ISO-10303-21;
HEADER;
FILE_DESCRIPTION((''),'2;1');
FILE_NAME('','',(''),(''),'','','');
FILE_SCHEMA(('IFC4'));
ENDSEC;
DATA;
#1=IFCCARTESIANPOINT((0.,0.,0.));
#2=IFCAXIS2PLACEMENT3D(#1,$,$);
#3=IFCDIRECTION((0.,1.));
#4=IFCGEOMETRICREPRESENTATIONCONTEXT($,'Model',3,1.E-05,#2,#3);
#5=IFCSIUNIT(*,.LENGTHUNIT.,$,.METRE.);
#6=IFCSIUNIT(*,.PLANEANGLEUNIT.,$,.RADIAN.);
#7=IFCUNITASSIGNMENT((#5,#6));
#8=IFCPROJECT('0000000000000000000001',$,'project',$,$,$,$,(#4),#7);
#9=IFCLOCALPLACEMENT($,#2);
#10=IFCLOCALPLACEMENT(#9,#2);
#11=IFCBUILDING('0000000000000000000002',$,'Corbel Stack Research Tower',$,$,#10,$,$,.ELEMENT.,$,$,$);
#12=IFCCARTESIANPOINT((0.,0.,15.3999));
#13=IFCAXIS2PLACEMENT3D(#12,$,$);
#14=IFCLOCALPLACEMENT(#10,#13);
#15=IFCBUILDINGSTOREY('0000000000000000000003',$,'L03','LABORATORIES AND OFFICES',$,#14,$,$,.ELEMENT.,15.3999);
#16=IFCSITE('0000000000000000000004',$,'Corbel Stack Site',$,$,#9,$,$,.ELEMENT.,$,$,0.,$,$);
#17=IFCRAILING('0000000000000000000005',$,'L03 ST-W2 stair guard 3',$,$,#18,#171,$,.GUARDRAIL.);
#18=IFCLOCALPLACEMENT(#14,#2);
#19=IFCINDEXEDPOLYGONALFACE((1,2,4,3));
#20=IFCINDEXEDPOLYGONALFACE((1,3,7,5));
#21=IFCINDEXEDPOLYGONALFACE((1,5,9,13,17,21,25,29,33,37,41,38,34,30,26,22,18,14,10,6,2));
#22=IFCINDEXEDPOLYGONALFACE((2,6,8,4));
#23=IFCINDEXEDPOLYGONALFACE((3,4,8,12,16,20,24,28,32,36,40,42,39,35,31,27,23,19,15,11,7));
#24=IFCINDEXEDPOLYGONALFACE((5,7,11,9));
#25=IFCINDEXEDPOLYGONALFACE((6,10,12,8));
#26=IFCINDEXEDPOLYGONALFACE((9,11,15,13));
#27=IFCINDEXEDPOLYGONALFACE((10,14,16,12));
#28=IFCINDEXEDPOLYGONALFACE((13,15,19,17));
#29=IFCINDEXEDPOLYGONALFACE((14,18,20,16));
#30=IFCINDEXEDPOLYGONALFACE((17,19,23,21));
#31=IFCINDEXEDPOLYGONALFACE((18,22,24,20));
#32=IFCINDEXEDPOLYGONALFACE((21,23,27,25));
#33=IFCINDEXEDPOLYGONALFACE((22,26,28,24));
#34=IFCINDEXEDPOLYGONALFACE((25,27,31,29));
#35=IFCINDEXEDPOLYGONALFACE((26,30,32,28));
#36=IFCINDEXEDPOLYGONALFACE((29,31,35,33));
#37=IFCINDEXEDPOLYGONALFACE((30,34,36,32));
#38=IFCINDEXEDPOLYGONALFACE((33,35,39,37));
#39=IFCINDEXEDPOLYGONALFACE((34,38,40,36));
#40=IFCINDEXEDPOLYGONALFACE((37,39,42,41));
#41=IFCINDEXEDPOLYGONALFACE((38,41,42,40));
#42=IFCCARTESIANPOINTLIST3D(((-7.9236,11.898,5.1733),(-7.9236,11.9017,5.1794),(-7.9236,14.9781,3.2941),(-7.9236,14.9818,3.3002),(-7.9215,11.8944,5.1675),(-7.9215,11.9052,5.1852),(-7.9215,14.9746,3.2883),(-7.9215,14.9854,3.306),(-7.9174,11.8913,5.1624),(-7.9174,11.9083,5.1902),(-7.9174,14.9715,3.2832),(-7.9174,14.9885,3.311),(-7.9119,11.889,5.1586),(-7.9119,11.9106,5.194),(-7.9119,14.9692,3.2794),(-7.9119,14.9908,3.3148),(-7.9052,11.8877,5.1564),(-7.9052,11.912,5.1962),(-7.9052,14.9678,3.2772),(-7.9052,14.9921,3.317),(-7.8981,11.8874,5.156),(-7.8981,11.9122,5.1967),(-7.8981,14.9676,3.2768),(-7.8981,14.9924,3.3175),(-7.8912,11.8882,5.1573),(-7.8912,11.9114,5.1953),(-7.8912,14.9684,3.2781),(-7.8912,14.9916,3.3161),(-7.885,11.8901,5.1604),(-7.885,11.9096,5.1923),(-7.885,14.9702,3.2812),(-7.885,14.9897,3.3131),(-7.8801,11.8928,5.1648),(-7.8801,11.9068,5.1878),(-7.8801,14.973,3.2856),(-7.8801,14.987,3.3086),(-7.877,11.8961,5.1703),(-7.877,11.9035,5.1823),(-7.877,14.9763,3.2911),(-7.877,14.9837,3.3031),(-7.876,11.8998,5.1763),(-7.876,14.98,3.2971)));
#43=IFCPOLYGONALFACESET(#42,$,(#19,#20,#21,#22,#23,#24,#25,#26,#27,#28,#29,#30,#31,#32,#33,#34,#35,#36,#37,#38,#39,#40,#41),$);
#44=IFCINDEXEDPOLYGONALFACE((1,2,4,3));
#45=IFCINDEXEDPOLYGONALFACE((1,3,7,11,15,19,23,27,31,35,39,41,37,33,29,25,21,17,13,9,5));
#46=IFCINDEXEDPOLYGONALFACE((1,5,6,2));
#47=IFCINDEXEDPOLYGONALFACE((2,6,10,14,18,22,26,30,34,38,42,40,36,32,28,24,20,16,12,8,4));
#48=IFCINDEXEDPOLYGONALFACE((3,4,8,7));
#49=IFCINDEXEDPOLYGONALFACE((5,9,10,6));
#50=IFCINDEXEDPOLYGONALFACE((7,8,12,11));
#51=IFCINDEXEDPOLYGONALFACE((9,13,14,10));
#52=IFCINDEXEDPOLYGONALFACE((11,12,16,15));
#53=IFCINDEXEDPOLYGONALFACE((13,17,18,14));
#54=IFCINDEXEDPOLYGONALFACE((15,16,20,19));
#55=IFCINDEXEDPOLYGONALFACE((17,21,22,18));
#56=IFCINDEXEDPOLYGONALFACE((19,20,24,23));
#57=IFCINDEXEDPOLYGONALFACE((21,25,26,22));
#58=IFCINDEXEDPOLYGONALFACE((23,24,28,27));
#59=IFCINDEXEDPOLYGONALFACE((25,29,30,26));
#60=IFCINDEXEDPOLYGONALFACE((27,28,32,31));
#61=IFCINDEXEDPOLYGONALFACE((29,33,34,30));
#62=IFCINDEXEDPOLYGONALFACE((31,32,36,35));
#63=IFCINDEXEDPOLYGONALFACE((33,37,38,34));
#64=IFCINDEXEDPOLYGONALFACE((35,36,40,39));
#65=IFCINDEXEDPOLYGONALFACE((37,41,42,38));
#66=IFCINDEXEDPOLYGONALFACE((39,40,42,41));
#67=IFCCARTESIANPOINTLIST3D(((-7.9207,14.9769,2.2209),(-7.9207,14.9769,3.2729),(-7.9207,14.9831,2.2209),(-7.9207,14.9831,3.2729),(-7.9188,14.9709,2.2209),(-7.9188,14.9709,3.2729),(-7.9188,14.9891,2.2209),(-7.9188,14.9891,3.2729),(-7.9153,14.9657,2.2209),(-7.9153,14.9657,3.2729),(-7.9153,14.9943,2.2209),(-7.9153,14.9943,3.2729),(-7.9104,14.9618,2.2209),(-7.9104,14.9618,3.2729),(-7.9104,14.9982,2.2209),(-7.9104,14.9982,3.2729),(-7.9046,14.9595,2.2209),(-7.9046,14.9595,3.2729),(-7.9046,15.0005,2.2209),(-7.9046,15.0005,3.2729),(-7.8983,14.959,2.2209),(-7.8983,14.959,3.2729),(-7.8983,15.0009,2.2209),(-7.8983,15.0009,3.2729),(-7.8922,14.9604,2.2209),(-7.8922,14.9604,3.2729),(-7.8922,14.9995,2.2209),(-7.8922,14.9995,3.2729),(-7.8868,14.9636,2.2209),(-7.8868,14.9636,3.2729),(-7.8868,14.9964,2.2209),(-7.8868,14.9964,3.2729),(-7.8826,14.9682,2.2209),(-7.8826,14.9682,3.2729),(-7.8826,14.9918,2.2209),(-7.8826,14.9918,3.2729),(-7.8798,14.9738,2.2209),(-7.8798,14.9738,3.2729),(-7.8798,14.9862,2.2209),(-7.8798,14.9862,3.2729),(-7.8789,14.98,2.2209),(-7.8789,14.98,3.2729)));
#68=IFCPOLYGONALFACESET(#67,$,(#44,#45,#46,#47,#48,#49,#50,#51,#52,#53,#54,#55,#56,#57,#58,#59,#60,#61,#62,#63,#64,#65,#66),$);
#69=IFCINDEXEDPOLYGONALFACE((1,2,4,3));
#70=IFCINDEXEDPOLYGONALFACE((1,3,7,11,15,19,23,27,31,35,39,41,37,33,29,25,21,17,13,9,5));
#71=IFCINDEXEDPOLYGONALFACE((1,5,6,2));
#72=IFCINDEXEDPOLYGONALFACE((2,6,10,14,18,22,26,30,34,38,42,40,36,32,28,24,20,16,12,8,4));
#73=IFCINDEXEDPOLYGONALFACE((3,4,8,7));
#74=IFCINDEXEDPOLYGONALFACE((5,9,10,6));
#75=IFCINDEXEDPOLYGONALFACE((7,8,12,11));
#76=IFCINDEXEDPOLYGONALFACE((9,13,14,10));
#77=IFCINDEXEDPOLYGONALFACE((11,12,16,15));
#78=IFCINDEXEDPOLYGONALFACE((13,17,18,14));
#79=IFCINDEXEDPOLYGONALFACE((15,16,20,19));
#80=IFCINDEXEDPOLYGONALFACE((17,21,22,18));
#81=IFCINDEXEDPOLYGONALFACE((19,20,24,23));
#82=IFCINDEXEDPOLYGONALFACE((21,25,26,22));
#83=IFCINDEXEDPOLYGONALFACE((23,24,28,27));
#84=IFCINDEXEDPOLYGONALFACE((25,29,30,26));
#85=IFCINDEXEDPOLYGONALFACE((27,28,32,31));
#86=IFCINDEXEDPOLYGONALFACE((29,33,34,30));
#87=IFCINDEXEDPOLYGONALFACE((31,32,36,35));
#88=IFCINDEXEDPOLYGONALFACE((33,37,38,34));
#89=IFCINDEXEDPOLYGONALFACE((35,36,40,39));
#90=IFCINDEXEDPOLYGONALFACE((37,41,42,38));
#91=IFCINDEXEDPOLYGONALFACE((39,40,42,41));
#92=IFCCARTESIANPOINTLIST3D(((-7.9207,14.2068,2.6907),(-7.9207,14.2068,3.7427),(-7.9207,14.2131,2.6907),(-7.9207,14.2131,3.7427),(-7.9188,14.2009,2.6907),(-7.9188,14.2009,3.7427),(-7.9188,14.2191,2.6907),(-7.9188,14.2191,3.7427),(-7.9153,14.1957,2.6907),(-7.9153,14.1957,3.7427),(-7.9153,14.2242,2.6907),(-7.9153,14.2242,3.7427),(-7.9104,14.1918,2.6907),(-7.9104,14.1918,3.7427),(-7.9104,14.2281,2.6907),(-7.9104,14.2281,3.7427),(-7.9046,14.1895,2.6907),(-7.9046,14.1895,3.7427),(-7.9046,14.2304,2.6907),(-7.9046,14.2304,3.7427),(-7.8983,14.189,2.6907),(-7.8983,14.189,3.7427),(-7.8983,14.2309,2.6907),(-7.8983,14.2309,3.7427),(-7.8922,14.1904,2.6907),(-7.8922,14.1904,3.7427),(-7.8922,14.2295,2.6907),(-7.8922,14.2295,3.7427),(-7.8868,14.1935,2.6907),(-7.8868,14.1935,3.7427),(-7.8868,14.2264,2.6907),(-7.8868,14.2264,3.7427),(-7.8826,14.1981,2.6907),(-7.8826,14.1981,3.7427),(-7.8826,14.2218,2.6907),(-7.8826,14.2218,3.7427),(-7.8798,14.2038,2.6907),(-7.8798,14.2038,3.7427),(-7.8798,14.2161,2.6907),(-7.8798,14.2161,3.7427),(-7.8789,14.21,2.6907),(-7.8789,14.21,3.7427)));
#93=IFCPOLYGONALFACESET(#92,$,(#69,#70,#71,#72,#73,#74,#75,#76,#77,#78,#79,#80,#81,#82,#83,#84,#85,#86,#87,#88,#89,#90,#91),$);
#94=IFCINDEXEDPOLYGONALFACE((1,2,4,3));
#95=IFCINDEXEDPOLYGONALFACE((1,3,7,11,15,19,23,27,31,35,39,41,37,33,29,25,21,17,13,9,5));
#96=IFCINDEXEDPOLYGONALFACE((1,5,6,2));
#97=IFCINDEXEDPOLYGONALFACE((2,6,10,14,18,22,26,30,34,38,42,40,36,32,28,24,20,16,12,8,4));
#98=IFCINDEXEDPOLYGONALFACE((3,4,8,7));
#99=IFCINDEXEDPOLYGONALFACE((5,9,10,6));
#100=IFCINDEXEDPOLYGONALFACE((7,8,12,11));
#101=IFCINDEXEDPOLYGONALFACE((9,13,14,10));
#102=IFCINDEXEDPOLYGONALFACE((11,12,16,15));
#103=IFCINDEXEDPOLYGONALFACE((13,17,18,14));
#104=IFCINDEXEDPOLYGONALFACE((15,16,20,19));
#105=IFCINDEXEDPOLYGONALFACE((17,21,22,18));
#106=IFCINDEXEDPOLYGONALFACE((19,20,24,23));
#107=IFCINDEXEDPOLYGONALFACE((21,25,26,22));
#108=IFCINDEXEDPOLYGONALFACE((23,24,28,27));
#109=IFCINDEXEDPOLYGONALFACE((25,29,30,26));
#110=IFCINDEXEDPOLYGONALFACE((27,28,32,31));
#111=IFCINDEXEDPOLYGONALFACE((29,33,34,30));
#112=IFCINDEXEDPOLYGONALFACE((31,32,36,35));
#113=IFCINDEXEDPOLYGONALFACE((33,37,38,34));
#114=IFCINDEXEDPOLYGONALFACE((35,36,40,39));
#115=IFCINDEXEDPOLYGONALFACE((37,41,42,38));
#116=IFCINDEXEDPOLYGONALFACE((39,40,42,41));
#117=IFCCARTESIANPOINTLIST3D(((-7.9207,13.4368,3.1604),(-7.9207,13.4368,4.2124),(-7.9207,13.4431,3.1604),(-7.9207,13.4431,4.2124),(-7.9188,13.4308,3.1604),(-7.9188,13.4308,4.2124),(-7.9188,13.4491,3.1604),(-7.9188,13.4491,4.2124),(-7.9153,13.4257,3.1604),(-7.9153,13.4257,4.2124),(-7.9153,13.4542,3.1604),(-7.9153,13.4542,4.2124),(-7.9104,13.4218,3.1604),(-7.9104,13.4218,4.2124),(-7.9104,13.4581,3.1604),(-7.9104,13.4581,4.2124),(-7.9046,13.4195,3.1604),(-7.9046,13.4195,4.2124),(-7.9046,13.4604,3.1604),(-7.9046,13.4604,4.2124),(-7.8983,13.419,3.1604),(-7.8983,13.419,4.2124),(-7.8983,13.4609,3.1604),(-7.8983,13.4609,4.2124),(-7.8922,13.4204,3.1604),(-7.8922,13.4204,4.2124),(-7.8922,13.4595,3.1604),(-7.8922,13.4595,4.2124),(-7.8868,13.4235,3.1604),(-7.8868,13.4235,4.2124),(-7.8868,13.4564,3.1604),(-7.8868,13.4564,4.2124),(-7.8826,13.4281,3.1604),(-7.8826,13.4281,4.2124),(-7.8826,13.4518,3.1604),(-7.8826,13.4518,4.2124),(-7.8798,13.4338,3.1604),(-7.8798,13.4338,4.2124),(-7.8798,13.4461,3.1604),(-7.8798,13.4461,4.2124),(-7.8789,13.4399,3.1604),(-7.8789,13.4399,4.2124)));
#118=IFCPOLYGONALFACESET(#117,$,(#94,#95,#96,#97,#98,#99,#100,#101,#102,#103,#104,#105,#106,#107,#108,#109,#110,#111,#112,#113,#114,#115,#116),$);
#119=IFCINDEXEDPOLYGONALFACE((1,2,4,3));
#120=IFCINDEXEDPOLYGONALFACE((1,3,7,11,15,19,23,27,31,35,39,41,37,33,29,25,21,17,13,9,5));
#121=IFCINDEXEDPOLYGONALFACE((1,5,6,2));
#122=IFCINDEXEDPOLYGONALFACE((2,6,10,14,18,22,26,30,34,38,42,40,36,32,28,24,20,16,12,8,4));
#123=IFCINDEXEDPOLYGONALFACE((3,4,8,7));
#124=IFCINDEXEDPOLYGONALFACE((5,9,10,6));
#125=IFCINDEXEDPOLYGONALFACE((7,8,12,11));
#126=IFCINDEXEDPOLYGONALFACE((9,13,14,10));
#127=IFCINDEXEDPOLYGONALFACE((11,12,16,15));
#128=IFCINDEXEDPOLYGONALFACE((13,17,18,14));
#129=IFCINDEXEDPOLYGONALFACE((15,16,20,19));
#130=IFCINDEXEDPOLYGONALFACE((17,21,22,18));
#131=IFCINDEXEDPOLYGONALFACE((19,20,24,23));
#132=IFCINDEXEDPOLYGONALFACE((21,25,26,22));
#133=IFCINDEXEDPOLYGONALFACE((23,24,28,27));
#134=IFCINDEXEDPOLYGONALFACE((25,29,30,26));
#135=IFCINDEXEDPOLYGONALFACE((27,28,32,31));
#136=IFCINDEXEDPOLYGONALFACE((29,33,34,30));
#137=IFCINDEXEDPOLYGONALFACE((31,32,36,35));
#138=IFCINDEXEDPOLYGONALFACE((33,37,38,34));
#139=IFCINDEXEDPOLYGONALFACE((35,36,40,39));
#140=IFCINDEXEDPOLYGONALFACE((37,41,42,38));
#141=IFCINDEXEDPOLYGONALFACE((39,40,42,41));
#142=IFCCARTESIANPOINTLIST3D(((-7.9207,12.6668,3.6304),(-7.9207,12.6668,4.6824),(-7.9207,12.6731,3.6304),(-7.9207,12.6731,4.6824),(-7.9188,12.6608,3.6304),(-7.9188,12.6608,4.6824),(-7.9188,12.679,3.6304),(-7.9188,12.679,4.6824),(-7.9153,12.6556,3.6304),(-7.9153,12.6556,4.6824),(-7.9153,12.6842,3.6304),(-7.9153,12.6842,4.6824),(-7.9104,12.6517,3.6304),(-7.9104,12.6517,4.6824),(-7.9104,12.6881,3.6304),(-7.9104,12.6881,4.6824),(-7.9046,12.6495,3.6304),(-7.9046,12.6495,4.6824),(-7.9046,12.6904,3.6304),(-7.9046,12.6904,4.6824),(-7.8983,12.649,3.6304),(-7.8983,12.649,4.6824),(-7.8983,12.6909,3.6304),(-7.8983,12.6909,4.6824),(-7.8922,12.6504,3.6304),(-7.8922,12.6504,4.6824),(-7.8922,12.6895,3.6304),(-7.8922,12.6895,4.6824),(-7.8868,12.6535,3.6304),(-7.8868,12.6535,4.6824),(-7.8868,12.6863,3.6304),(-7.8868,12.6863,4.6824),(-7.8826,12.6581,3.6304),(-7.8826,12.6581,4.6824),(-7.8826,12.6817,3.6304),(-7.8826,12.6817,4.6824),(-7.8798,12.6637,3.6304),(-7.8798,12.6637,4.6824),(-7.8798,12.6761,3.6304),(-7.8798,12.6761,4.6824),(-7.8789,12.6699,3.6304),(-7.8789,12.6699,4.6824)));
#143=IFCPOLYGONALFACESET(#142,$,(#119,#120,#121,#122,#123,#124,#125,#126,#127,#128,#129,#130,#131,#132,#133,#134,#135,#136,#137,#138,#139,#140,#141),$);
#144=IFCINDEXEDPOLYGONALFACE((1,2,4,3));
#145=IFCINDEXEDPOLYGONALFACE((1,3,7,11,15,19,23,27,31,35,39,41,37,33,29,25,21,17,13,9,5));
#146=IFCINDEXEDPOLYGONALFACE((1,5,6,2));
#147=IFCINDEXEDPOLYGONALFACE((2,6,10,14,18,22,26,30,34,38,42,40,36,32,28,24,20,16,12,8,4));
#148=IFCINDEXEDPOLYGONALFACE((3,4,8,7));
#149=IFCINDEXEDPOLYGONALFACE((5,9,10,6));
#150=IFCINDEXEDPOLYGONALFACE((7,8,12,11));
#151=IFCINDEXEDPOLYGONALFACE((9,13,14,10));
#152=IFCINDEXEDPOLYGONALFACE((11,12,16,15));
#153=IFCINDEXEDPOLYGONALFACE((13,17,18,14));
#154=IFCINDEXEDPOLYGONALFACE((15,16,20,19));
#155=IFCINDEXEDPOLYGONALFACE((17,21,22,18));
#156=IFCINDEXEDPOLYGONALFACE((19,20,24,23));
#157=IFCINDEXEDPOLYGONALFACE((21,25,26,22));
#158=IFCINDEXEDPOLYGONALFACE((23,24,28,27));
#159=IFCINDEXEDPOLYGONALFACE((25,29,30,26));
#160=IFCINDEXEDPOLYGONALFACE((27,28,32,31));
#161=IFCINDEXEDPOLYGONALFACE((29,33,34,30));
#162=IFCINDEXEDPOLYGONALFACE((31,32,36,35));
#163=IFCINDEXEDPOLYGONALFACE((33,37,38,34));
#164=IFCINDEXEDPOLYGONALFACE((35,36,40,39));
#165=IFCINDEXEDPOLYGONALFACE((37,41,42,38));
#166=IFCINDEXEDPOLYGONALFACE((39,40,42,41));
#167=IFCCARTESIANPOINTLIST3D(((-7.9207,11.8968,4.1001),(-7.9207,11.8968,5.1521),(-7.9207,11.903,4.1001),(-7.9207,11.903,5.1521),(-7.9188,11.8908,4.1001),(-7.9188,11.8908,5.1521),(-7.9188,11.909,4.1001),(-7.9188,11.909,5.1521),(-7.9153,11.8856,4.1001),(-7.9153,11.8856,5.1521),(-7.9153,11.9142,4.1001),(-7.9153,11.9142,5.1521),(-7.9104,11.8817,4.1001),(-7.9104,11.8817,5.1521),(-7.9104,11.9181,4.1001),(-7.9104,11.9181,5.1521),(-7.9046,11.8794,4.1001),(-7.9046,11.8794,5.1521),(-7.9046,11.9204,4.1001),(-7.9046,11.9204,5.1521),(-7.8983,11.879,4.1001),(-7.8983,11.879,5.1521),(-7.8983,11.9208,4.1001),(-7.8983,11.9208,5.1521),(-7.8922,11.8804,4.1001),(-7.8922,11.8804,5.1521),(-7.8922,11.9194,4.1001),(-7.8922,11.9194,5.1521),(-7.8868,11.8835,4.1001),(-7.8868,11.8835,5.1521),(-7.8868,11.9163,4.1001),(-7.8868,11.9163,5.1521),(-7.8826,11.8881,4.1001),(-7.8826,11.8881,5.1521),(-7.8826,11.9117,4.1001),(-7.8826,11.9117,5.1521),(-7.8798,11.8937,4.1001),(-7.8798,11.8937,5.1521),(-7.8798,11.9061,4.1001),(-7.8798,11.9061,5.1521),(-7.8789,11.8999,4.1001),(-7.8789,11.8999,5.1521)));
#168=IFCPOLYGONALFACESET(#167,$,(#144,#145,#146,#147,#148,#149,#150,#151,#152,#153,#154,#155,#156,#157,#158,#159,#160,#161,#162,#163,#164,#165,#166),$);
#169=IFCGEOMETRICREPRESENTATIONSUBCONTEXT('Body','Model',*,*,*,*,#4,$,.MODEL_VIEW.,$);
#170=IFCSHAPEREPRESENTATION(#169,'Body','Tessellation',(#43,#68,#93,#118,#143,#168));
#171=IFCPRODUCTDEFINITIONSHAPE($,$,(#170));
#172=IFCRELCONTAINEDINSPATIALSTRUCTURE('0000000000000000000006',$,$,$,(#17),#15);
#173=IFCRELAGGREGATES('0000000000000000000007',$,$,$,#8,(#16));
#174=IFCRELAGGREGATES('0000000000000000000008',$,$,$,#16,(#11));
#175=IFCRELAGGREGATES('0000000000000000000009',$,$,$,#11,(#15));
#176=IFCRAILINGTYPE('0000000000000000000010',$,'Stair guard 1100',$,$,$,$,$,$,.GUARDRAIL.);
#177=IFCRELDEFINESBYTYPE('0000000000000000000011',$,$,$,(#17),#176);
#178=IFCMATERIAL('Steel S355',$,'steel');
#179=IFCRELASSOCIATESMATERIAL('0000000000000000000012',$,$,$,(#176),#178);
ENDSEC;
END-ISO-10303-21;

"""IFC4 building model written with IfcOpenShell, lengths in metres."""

from ifc_helpers import new_model, si_unit, direction, frame, origin, origin_2d, place, context, subcontext, project, spatial, circle, extrude, material, type_object, element, save


model = new_model("IFC4")

# Units and contexts
model_context = context("Model", 3, precision=1e-05, world=origin(), true_north=direction((0.0, 1.0)))
body_context = subcontext(model_context, "Body", "Model", "MODEL_VIEW")
ifc_project = project(units=[si_unit("LENGTHUNIT", "METRE"), si_unit("PLANEANGLEUNIT", "RADIAN")], contexts=[model_context])

# Site, building, storey
site_placement = place(None, origin())
site = spatial("IfcSite", under=ifc_project, at=site_placement, Name="Corbel Stack Site", CompositionType="ELEMENT", RefElevation=0.0)
building_placement = place(site_placement, origin())
building = spatial("IfcBuilding", under=site, at=building_placement, Name="Corbel Stack Research Tower", CompositionType="ELEMENT")
storey_placement = place(building_placement, frame((0.0, 0.0, 15.3999)))
storey = spatial("IfcBuildingStorey", under=building, at=storey_placement, Name="L03", Description="LABORATORIES AND OFFICES", CompositionType="ELEMENT", Elevation=15.3999)

# Railing
ifc_material_1 = material(Name="Steel S355", Category="steel")
railing_type_1 = type_object("IfcRailingType", Name="Stair guard 1100", PredefinedType="GUARDRAIL", material=ifc_material_1)
railing_1_placement = place(storey_placement, frame((-7.8999, 14.98, 2.2209)))
element("IfcRailing", 1, at=railing_1_placement, inside=storey, type_object=railing_type_1, Name="L03 ST-W2 stair guard 3", PredefinedType="GUARDRAIL", context=body_context, shape_type="SweptSolid", body=[
    extrude(circle(Radius=0.0239, at=origin_2d()), frame((0.0, 0.0, 1.0762), z_axis=(0.0, -0.853666, 0.52082), x_axis=(1.0, 0.0, 0.0)), (0.0, 0.0, 1.0), 3.6082),
    extrude(circle(Radius=0.021, at=origin_2d()), origin(), (0.0, 0.0, 1.0), 1.052),
    extrude(circle(Radius=0.021, at=origin_2d()), frame((0.0, -0.77, 0.4697)), (0.0, 0.0, 1.0), 1.052),
    extrude(circle(Radius=0.021, at=origin_2d()), frame((0.0, -1.54, 0.9395)), (0.0, 0.0, 1.0), 1.052),
    extrude(circle(Radius=0.021, at=origin_2d()), frame((0.0, -2.3101, 1.4094)), (0.0, 0.0, 1.0), 1.052),
    extrude(circle(Radius=0.021, at=origin_2d()), frame((0.0, -3.0801, 1.8792)), (0.0, 0.0, 1.0), 1.052),
])

save(model, "model.ifc")
